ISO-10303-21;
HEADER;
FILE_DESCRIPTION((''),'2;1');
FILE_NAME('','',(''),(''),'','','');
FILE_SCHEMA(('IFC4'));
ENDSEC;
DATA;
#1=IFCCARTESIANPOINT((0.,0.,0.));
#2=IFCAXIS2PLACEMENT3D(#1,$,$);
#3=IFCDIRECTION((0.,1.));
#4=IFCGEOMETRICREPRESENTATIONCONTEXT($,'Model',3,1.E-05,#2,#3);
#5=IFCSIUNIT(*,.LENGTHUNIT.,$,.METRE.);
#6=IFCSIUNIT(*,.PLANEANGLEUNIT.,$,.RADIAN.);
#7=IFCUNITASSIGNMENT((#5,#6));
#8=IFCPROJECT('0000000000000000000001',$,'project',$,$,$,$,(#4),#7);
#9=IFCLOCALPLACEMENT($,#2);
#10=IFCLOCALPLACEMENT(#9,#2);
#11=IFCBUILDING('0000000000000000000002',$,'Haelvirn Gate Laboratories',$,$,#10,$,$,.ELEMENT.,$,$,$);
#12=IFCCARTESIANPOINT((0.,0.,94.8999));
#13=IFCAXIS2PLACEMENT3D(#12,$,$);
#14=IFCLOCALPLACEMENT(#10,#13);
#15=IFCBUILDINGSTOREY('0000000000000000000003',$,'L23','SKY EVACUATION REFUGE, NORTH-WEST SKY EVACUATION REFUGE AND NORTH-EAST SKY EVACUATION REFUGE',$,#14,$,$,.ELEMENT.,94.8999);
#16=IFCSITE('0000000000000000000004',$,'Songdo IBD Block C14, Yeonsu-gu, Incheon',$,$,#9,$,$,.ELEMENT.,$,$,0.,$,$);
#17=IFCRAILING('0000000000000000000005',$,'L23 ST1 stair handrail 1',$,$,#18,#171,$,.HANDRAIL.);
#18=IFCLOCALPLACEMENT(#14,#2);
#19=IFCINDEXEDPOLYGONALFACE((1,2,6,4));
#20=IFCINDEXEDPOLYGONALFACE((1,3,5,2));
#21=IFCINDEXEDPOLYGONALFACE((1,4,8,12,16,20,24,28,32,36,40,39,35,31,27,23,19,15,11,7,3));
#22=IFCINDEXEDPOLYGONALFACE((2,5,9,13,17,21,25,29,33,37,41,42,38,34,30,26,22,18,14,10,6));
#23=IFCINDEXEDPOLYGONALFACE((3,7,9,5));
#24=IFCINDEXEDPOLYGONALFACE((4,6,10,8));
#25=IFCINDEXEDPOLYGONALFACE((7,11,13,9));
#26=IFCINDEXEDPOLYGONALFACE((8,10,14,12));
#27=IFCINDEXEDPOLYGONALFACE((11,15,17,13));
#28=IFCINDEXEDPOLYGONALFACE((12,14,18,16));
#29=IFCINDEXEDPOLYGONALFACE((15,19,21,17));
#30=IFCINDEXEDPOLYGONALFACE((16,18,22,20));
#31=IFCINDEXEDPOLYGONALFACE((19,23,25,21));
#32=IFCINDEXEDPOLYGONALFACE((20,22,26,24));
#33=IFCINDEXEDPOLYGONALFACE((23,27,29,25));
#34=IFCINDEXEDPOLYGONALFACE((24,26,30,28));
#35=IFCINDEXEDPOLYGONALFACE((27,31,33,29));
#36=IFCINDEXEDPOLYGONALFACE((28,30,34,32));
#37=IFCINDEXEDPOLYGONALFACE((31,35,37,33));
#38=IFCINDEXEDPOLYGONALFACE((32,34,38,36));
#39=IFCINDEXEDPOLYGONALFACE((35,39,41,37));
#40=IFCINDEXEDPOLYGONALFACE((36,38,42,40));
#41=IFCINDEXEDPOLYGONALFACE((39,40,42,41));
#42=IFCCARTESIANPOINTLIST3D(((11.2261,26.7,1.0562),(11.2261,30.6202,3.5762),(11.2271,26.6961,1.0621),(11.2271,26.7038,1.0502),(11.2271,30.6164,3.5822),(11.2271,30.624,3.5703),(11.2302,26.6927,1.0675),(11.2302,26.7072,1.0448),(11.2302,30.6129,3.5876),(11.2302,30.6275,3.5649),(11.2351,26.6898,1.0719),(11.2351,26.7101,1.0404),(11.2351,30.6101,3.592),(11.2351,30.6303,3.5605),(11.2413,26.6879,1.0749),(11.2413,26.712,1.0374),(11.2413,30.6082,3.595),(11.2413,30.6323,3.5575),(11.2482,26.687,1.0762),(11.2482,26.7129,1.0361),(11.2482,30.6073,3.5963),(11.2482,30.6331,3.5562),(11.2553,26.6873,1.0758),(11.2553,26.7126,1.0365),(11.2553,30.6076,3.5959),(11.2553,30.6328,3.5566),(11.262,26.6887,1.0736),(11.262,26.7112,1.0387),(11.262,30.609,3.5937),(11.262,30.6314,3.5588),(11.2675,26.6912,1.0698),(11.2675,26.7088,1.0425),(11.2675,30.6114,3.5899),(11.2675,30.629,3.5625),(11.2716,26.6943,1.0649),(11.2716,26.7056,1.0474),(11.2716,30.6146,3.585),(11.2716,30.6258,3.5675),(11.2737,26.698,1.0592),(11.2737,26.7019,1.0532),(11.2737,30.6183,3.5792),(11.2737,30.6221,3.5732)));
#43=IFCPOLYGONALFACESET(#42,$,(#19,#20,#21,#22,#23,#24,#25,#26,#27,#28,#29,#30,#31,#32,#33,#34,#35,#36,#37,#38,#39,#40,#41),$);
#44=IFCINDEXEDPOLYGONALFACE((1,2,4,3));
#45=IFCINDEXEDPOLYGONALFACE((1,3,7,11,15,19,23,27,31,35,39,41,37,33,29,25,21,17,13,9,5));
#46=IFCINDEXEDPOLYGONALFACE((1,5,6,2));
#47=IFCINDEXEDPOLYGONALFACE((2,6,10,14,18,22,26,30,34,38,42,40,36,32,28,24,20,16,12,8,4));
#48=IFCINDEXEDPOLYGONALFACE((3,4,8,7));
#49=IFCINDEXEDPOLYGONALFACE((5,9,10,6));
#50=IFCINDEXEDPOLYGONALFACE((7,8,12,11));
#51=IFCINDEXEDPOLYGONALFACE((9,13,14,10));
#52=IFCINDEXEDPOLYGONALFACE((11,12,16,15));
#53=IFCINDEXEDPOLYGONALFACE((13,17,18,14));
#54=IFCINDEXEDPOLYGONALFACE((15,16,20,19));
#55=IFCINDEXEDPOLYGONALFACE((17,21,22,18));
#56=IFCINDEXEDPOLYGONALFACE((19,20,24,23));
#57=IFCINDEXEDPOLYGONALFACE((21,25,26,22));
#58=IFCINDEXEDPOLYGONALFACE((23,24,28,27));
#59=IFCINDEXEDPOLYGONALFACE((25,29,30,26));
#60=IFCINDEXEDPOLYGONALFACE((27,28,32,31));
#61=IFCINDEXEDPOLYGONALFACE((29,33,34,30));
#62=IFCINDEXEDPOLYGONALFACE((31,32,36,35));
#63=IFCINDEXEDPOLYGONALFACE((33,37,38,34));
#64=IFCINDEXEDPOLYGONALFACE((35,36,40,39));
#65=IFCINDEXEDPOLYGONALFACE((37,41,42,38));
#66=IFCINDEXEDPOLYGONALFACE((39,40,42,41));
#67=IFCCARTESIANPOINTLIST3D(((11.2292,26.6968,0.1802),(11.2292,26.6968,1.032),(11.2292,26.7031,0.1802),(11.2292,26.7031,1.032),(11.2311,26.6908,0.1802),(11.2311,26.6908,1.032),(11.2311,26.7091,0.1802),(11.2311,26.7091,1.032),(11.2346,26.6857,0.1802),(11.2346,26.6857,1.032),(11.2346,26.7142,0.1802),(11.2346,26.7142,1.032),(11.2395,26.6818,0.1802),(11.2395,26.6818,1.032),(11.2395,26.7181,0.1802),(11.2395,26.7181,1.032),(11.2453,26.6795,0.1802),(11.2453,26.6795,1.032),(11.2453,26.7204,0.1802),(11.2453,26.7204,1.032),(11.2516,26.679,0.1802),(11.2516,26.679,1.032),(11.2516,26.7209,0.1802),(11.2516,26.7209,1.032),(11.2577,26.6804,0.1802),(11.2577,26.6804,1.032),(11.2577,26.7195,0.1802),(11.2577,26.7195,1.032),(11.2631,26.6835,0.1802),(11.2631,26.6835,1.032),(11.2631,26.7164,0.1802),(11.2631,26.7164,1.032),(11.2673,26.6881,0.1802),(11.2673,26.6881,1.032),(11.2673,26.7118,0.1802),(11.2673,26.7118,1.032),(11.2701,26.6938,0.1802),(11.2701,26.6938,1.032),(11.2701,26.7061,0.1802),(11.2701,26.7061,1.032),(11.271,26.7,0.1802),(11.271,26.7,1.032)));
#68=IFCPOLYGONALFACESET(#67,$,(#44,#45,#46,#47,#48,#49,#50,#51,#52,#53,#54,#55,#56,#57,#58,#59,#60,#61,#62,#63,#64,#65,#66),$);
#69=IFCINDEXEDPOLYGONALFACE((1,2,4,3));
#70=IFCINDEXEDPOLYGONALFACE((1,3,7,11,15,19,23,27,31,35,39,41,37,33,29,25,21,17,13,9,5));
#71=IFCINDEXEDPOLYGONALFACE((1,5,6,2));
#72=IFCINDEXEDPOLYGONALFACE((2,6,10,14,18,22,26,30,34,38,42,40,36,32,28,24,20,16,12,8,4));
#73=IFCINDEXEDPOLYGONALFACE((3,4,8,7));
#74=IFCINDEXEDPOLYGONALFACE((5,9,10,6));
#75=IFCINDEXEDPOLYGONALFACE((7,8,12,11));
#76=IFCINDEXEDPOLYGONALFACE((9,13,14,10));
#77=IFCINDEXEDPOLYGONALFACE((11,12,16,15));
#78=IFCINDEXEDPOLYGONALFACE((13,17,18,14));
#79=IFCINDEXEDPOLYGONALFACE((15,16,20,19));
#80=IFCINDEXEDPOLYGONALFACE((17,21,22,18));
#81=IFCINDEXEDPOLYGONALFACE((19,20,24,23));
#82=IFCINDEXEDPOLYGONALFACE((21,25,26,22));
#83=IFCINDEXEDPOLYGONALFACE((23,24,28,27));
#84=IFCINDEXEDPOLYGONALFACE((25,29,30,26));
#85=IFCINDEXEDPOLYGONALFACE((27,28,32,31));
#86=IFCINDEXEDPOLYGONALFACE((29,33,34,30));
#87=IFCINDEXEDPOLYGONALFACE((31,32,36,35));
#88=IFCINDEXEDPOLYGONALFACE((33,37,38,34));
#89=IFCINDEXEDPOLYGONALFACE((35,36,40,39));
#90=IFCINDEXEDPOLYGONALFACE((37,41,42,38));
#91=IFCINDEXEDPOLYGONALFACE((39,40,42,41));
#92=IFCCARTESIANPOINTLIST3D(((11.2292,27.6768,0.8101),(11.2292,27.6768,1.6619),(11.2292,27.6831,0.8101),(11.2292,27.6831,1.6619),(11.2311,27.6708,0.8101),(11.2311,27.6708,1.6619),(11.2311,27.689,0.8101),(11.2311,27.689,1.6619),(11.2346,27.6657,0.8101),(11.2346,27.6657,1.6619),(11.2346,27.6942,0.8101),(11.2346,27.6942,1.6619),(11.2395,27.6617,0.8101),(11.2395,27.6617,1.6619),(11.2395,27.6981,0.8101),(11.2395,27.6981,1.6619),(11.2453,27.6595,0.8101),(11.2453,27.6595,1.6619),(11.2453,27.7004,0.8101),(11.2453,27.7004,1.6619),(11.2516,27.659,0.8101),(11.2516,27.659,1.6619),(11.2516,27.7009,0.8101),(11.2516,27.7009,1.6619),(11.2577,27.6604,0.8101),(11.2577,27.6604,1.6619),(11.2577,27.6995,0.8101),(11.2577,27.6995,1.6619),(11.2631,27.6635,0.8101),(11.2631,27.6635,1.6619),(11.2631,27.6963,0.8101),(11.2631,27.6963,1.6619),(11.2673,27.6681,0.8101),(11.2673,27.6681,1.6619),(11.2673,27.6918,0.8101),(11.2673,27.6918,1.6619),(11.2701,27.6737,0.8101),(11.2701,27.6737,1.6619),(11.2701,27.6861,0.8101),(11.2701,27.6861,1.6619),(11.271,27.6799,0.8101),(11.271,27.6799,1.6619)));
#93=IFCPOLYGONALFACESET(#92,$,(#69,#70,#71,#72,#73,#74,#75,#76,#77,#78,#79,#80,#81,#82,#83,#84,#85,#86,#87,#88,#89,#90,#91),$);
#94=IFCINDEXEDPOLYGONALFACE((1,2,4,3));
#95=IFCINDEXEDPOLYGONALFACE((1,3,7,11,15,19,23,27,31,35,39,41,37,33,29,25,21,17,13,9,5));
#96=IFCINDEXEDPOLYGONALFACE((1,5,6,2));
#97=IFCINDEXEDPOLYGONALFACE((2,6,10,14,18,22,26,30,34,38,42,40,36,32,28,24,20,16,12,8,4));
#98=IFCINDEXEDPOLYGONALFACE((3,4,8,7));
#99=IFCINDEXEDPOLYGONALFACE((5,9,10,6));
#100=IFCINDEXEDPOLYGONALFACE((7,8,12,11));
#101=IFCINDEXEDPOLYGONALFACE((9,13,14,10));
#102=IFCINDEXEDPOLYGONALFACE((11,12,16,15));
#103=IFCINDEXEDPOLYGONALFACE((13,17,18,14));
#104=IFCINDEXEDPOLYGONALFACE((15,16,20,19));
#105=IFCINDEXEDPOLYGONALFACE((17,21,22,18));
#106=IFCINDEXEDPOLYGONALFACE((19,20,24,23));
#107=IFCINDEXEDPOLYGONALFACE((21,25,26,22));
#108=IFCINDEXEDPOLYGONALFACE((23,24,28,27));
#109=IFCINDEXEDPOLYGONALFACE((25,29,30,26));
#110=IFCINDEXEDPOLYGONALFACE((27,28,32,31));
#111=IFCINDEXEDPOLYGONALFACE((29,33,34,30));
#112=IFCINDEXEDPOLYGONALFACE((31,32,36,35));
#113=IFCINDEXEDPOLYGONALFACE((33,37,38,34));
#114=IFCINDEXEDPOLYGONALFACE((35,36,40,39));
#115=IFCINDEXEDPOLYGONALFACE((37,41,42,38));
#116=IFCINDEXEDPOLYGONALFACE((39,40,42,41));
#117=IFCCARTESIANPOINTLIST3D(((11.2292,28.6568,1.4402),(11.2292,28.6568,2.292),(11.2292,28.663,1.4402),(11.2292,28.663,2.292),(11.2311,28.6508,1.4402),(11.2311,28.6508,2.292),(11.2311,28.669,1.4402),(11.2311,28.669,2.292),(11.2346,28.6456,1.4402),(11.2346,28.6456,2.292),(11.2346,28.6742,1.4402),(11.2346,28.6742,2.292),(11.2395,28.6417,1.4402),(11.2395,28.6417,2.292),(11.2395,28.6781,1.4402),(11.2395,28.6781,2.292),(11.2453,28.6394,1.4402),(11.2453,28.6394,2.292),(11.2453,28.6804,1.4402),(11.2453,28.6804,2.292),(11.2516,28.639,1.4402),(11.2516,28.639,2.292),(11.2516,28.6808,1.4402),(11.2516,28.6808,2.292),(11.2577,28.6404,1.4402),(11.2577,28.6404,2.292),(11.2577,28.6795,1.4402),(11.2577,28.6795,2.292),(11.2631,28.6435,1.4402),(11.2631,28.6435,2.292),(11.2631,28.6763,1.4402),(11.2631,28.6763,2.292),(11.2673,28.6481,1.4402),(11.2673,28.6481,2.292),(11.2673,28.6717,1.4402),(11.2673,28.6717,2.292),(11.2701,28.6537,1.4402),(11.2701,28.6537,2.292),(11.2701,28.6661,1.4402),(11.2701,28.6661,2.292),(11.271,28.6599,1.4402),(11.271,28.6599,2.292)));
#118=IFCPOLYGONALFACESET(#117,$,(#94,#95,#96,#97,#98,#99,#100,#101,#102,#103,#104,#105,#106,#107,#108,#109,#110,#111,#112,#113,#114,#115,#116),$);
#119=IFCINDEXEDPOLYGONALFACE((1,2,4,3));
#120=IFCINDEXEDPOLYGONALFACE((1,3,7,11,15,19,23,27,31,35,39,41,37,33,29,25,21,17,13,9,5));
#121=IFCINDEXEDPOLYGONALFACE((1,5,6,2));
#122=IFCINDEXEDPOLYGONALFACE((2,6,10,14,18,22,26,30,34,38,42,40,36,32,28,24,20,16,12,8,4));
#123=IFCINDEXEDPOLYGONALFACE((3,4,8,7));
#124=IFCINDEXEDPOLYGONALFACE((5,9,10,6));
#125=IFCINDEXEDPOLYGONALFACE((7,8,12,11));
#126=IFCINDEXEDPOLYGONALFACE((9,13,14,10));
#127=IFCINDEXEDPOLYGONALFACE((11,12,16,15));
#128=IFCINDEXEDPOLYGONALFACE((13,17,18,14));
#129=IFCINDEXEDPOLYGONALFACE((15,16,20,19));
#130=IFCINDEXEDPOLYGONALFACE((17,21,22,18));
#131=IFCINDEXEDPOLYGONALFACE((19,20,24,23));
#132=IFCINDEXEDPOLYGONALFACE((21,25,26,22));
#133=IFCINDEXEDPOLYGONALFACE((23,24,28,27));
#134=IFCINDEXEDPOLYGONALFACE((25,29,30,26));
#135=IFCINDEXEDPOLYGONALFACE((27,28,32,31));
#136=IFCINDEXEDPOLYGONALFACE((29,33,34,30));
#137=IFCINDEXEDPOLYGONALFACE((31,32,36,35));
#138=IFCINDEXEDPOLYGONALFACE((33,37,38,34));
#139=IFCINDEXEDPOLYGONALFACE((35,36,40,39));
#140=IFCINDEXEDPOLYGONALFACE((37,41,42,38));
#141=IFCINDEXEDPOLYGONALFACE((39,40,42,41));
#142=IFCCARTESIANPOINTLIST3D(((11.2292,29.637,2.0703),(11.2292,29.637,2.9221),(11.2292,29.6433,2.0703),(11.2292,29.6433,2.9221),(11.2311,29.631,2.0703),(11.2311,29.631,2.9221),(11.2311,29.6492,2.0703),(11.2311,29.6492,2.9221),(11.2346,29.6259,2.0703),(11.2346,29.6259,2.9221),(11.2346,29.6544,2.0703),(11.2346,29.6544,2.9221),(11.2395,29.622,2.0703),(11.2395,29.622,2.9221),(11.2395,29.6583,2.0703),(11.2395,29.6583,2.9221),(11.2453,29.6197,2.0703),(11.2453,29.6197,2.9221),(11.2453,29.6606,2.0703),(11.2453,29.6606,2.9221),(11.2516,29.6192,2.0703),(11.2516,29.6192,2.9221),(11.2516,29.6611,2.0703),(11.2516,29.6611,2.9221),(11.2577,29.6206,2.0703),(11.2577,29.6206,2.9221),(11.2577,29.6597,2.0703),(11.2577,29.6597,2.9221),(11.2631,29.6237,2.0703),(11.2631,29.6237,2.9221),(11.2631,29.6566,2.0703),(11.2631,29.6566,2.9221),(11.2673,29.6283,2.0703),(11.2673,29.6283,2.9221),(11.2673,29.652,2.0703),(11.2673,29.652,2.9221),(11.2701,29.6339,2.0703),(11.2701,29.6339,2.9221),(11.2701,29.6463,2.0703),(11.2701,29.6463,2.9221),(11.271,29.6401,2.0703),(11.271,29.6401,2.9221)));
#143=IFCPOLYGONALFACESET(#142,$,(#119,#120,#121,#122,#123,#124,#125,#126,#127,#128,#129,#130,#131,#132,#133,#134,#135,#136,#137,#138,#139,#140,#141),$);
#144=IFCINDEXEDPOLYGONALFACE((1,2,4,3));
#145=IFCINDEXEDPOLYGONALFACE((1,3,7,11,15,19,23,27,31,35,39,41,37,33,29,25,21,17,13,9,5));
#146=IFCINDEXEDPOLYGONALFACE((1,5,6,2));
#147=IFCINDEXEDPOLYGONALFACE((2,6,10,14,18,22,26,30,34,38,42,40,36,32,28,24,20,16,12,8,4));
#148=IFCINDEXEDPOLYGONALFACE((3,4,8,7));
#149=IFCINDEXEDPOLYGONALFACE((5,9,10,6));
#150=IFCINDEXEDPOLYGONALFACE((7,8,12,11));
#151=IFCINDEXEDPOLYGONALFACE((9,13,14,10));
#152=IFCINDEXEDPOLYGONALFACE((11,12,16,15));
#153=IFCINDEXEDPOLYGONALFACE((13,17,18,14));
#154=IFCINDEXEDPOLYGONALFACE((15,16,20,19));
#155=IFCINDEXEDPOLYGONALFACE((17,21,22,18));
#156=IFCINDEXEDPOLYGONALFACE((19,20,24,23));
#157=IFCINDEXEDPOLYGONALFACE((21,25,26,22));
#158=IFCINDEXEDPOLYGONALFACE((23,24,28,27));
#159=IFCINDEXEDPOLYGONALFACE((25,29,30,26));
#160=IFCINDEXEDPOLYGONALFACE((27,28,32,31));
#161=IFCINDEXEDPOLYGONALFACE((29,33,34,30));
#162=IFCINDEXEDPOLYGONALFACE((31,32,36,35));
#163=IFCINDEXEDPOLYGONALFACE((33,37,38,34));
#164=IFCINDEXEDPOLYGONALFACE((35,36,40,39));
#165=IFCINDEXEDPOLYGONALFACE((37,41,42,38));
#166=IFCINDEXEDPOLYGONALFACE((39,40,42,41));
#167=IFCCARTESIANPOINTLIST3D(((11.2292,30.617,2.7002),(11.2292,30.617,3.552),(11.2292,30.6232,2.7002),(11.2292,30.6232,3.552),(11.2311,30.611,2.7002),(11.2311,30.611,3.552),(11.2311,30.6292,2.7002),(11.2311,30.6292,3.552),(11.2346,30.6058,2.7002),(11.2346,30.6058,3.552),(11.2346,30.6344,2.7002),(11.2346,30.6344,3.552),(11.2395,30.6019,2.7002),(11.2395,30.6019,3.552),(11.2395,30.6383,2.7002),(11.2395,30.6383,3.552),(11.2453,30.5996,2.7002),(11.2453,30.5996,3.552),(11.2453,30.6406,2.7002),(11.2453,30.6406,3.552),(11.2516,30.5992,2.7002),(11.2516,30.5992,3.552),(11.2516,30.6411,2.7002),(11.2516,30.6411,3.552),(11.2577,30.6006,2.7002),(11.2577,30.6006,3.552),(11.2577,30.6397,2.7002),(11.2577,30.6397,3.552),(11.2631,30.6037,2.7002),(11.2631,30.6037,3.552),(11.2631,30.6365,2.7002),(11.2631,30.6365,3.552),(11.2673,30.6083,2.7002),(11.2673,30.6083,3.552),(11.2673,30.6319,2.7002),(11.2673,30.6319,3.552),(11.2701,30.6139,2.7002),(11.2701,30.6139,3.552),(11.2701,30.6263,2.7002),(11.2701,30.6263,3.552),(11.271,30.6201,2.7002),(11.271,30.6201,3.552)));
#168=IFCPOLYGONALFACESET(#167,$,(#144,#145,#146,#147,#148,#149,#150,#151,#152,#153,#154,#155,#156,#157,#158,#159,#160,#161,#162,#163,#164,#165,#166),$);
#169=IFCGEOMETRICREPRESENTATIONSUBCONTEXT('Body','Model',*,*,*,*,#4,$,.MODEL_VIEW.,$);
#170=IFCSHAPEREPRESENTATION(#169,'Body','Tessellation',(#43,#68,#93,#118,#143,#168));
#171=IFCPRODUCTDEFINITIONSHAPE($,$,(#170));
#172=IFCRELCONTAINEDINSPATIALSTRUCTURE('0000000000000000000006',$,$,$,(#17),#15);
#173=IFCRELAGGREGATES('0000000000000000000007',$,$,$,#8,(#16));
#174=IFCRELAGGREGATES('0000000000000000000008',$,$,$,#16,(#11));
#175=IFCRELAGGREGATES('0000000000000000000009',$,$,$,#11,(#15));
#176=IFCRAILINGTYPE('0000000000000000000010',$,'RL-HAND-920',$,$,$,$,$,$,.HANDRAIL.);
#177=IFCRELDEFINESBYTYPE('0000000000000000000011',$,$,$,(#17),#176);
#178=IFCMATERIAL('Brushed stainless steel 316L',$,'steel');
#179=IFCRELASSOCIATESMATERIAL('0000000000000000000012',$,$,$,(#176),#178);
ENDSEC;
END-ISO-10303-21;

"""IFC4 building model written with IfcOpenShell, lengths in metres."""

from ifc_helpers import new_model, si_unit, direction, frame, origin, origin_2d, place, context, subcontext, project, spatial, circle, extrude, source, transform, mapped, material, type_object, element, save


model = new_model("IFC4")

# Units and contexts
model_context = context("Model", 3, precision=1e-05, world=origin(), true_north=direction((0.0, 1.0)))
body_context = subcontext(model_context, "Body", "Model", "MODEL_VIEW")
ifc_project = project(units=[si_unit("LENGTHUNIT", "METRE"), si_unit("PLANEANGLEUNIT", "RADIAN")], contexts=[model_context])

# Site, building, storey
site_placement = place(None, origin())
site = spatial("IfcSite", under=ifc_project, at=site_placement, Name="Songdo IBD Block C14, Yeonsu-gu, Incheon", CompositionType="ELEMENT", RefElevation=0.0)
building_placement = place(site_placement, origin())
building = spatial("IfcBuilding", under=site, at=building_placement, Name="Haelvirn Gate Laboratories", CompositionType="ELEMENT")
storey_placement = place(building_placement, frame((0.0, 0.0, 94.8999)))
storey = spatial("IfcBuildingStorey", under=building, at=storey_placement, Name="L23", Description="SKY EVACUATION REFUGE, NORTH-WEST SKY EVACUATION REFUGE AND NORTH-EAST SKY EVACUATION REFUGE", CompositionType="ELEMENT", Elevation=94.8999)

# Railing
ifc_material_1 = material(Name="Brushed stainless steel 316L", Category="steel")
railing_type_1 = type_object("IfcRailingType", Name="RL-HAND-920", PredefinedType="HANDRAIL", material=ifc_material_1)
shared_shape_1 = source(origin(), body_context, "Body", "SweptSolid", [
    extrude(circle(Radius=0.0239, at=origin_2d()), frame((0.0, 0.0, 0.876), z_axis=(0.0, 0.841187, 0.540744), x_axis=(-1.0, 0.0, 0.0)), (0.0, 0.0, 1.0), 4.6604),
    extrude(circle(Radius=0.021, at=origin_2d()), origin(), (0.0, 0.0, 1.0), 0.8518),
    extrude(circle(Radius=0.021, at=origin_2d()), frame((0.0, 0.98, 0.6299)), (0.0, 0.0, 1.0), 0.8518),
    extrude(circle(Radius=0.021, at=origin_2d()), frame((0.0, 1.96, 1.26)), (0.0, 0.0, 1.0), 0.8518),
    extrude(circle(Radius=0.021, at=origin_2d()), frame((0.0, 2.9402, 1.8901)), (0.0, 0.0, 1.0), 0.8518),
    extrude(circle(Radius=0.021, at=origin_2d()), frame((0.0, 3.9202, 2.52)), (0.0, 0.0, 1.0), 0.8518),
])
railing_1_placement = place(storey_placement, frame((11.25, 26.7, 0.1802)))
element("IfcRailing", 1, at=railing_1_placement, inside=storey, type_object=railing_type_1, Name="L23 ST1 stair handrail 1", PredefinedType="HANDRAIL", context=body_context, shape_type="MappedRepresentation", body=[
    mapped(shared_shape_1, transform((0.0, 0.0, 0.0), scale=1.0)),
])

save(model, "model.ifc")
